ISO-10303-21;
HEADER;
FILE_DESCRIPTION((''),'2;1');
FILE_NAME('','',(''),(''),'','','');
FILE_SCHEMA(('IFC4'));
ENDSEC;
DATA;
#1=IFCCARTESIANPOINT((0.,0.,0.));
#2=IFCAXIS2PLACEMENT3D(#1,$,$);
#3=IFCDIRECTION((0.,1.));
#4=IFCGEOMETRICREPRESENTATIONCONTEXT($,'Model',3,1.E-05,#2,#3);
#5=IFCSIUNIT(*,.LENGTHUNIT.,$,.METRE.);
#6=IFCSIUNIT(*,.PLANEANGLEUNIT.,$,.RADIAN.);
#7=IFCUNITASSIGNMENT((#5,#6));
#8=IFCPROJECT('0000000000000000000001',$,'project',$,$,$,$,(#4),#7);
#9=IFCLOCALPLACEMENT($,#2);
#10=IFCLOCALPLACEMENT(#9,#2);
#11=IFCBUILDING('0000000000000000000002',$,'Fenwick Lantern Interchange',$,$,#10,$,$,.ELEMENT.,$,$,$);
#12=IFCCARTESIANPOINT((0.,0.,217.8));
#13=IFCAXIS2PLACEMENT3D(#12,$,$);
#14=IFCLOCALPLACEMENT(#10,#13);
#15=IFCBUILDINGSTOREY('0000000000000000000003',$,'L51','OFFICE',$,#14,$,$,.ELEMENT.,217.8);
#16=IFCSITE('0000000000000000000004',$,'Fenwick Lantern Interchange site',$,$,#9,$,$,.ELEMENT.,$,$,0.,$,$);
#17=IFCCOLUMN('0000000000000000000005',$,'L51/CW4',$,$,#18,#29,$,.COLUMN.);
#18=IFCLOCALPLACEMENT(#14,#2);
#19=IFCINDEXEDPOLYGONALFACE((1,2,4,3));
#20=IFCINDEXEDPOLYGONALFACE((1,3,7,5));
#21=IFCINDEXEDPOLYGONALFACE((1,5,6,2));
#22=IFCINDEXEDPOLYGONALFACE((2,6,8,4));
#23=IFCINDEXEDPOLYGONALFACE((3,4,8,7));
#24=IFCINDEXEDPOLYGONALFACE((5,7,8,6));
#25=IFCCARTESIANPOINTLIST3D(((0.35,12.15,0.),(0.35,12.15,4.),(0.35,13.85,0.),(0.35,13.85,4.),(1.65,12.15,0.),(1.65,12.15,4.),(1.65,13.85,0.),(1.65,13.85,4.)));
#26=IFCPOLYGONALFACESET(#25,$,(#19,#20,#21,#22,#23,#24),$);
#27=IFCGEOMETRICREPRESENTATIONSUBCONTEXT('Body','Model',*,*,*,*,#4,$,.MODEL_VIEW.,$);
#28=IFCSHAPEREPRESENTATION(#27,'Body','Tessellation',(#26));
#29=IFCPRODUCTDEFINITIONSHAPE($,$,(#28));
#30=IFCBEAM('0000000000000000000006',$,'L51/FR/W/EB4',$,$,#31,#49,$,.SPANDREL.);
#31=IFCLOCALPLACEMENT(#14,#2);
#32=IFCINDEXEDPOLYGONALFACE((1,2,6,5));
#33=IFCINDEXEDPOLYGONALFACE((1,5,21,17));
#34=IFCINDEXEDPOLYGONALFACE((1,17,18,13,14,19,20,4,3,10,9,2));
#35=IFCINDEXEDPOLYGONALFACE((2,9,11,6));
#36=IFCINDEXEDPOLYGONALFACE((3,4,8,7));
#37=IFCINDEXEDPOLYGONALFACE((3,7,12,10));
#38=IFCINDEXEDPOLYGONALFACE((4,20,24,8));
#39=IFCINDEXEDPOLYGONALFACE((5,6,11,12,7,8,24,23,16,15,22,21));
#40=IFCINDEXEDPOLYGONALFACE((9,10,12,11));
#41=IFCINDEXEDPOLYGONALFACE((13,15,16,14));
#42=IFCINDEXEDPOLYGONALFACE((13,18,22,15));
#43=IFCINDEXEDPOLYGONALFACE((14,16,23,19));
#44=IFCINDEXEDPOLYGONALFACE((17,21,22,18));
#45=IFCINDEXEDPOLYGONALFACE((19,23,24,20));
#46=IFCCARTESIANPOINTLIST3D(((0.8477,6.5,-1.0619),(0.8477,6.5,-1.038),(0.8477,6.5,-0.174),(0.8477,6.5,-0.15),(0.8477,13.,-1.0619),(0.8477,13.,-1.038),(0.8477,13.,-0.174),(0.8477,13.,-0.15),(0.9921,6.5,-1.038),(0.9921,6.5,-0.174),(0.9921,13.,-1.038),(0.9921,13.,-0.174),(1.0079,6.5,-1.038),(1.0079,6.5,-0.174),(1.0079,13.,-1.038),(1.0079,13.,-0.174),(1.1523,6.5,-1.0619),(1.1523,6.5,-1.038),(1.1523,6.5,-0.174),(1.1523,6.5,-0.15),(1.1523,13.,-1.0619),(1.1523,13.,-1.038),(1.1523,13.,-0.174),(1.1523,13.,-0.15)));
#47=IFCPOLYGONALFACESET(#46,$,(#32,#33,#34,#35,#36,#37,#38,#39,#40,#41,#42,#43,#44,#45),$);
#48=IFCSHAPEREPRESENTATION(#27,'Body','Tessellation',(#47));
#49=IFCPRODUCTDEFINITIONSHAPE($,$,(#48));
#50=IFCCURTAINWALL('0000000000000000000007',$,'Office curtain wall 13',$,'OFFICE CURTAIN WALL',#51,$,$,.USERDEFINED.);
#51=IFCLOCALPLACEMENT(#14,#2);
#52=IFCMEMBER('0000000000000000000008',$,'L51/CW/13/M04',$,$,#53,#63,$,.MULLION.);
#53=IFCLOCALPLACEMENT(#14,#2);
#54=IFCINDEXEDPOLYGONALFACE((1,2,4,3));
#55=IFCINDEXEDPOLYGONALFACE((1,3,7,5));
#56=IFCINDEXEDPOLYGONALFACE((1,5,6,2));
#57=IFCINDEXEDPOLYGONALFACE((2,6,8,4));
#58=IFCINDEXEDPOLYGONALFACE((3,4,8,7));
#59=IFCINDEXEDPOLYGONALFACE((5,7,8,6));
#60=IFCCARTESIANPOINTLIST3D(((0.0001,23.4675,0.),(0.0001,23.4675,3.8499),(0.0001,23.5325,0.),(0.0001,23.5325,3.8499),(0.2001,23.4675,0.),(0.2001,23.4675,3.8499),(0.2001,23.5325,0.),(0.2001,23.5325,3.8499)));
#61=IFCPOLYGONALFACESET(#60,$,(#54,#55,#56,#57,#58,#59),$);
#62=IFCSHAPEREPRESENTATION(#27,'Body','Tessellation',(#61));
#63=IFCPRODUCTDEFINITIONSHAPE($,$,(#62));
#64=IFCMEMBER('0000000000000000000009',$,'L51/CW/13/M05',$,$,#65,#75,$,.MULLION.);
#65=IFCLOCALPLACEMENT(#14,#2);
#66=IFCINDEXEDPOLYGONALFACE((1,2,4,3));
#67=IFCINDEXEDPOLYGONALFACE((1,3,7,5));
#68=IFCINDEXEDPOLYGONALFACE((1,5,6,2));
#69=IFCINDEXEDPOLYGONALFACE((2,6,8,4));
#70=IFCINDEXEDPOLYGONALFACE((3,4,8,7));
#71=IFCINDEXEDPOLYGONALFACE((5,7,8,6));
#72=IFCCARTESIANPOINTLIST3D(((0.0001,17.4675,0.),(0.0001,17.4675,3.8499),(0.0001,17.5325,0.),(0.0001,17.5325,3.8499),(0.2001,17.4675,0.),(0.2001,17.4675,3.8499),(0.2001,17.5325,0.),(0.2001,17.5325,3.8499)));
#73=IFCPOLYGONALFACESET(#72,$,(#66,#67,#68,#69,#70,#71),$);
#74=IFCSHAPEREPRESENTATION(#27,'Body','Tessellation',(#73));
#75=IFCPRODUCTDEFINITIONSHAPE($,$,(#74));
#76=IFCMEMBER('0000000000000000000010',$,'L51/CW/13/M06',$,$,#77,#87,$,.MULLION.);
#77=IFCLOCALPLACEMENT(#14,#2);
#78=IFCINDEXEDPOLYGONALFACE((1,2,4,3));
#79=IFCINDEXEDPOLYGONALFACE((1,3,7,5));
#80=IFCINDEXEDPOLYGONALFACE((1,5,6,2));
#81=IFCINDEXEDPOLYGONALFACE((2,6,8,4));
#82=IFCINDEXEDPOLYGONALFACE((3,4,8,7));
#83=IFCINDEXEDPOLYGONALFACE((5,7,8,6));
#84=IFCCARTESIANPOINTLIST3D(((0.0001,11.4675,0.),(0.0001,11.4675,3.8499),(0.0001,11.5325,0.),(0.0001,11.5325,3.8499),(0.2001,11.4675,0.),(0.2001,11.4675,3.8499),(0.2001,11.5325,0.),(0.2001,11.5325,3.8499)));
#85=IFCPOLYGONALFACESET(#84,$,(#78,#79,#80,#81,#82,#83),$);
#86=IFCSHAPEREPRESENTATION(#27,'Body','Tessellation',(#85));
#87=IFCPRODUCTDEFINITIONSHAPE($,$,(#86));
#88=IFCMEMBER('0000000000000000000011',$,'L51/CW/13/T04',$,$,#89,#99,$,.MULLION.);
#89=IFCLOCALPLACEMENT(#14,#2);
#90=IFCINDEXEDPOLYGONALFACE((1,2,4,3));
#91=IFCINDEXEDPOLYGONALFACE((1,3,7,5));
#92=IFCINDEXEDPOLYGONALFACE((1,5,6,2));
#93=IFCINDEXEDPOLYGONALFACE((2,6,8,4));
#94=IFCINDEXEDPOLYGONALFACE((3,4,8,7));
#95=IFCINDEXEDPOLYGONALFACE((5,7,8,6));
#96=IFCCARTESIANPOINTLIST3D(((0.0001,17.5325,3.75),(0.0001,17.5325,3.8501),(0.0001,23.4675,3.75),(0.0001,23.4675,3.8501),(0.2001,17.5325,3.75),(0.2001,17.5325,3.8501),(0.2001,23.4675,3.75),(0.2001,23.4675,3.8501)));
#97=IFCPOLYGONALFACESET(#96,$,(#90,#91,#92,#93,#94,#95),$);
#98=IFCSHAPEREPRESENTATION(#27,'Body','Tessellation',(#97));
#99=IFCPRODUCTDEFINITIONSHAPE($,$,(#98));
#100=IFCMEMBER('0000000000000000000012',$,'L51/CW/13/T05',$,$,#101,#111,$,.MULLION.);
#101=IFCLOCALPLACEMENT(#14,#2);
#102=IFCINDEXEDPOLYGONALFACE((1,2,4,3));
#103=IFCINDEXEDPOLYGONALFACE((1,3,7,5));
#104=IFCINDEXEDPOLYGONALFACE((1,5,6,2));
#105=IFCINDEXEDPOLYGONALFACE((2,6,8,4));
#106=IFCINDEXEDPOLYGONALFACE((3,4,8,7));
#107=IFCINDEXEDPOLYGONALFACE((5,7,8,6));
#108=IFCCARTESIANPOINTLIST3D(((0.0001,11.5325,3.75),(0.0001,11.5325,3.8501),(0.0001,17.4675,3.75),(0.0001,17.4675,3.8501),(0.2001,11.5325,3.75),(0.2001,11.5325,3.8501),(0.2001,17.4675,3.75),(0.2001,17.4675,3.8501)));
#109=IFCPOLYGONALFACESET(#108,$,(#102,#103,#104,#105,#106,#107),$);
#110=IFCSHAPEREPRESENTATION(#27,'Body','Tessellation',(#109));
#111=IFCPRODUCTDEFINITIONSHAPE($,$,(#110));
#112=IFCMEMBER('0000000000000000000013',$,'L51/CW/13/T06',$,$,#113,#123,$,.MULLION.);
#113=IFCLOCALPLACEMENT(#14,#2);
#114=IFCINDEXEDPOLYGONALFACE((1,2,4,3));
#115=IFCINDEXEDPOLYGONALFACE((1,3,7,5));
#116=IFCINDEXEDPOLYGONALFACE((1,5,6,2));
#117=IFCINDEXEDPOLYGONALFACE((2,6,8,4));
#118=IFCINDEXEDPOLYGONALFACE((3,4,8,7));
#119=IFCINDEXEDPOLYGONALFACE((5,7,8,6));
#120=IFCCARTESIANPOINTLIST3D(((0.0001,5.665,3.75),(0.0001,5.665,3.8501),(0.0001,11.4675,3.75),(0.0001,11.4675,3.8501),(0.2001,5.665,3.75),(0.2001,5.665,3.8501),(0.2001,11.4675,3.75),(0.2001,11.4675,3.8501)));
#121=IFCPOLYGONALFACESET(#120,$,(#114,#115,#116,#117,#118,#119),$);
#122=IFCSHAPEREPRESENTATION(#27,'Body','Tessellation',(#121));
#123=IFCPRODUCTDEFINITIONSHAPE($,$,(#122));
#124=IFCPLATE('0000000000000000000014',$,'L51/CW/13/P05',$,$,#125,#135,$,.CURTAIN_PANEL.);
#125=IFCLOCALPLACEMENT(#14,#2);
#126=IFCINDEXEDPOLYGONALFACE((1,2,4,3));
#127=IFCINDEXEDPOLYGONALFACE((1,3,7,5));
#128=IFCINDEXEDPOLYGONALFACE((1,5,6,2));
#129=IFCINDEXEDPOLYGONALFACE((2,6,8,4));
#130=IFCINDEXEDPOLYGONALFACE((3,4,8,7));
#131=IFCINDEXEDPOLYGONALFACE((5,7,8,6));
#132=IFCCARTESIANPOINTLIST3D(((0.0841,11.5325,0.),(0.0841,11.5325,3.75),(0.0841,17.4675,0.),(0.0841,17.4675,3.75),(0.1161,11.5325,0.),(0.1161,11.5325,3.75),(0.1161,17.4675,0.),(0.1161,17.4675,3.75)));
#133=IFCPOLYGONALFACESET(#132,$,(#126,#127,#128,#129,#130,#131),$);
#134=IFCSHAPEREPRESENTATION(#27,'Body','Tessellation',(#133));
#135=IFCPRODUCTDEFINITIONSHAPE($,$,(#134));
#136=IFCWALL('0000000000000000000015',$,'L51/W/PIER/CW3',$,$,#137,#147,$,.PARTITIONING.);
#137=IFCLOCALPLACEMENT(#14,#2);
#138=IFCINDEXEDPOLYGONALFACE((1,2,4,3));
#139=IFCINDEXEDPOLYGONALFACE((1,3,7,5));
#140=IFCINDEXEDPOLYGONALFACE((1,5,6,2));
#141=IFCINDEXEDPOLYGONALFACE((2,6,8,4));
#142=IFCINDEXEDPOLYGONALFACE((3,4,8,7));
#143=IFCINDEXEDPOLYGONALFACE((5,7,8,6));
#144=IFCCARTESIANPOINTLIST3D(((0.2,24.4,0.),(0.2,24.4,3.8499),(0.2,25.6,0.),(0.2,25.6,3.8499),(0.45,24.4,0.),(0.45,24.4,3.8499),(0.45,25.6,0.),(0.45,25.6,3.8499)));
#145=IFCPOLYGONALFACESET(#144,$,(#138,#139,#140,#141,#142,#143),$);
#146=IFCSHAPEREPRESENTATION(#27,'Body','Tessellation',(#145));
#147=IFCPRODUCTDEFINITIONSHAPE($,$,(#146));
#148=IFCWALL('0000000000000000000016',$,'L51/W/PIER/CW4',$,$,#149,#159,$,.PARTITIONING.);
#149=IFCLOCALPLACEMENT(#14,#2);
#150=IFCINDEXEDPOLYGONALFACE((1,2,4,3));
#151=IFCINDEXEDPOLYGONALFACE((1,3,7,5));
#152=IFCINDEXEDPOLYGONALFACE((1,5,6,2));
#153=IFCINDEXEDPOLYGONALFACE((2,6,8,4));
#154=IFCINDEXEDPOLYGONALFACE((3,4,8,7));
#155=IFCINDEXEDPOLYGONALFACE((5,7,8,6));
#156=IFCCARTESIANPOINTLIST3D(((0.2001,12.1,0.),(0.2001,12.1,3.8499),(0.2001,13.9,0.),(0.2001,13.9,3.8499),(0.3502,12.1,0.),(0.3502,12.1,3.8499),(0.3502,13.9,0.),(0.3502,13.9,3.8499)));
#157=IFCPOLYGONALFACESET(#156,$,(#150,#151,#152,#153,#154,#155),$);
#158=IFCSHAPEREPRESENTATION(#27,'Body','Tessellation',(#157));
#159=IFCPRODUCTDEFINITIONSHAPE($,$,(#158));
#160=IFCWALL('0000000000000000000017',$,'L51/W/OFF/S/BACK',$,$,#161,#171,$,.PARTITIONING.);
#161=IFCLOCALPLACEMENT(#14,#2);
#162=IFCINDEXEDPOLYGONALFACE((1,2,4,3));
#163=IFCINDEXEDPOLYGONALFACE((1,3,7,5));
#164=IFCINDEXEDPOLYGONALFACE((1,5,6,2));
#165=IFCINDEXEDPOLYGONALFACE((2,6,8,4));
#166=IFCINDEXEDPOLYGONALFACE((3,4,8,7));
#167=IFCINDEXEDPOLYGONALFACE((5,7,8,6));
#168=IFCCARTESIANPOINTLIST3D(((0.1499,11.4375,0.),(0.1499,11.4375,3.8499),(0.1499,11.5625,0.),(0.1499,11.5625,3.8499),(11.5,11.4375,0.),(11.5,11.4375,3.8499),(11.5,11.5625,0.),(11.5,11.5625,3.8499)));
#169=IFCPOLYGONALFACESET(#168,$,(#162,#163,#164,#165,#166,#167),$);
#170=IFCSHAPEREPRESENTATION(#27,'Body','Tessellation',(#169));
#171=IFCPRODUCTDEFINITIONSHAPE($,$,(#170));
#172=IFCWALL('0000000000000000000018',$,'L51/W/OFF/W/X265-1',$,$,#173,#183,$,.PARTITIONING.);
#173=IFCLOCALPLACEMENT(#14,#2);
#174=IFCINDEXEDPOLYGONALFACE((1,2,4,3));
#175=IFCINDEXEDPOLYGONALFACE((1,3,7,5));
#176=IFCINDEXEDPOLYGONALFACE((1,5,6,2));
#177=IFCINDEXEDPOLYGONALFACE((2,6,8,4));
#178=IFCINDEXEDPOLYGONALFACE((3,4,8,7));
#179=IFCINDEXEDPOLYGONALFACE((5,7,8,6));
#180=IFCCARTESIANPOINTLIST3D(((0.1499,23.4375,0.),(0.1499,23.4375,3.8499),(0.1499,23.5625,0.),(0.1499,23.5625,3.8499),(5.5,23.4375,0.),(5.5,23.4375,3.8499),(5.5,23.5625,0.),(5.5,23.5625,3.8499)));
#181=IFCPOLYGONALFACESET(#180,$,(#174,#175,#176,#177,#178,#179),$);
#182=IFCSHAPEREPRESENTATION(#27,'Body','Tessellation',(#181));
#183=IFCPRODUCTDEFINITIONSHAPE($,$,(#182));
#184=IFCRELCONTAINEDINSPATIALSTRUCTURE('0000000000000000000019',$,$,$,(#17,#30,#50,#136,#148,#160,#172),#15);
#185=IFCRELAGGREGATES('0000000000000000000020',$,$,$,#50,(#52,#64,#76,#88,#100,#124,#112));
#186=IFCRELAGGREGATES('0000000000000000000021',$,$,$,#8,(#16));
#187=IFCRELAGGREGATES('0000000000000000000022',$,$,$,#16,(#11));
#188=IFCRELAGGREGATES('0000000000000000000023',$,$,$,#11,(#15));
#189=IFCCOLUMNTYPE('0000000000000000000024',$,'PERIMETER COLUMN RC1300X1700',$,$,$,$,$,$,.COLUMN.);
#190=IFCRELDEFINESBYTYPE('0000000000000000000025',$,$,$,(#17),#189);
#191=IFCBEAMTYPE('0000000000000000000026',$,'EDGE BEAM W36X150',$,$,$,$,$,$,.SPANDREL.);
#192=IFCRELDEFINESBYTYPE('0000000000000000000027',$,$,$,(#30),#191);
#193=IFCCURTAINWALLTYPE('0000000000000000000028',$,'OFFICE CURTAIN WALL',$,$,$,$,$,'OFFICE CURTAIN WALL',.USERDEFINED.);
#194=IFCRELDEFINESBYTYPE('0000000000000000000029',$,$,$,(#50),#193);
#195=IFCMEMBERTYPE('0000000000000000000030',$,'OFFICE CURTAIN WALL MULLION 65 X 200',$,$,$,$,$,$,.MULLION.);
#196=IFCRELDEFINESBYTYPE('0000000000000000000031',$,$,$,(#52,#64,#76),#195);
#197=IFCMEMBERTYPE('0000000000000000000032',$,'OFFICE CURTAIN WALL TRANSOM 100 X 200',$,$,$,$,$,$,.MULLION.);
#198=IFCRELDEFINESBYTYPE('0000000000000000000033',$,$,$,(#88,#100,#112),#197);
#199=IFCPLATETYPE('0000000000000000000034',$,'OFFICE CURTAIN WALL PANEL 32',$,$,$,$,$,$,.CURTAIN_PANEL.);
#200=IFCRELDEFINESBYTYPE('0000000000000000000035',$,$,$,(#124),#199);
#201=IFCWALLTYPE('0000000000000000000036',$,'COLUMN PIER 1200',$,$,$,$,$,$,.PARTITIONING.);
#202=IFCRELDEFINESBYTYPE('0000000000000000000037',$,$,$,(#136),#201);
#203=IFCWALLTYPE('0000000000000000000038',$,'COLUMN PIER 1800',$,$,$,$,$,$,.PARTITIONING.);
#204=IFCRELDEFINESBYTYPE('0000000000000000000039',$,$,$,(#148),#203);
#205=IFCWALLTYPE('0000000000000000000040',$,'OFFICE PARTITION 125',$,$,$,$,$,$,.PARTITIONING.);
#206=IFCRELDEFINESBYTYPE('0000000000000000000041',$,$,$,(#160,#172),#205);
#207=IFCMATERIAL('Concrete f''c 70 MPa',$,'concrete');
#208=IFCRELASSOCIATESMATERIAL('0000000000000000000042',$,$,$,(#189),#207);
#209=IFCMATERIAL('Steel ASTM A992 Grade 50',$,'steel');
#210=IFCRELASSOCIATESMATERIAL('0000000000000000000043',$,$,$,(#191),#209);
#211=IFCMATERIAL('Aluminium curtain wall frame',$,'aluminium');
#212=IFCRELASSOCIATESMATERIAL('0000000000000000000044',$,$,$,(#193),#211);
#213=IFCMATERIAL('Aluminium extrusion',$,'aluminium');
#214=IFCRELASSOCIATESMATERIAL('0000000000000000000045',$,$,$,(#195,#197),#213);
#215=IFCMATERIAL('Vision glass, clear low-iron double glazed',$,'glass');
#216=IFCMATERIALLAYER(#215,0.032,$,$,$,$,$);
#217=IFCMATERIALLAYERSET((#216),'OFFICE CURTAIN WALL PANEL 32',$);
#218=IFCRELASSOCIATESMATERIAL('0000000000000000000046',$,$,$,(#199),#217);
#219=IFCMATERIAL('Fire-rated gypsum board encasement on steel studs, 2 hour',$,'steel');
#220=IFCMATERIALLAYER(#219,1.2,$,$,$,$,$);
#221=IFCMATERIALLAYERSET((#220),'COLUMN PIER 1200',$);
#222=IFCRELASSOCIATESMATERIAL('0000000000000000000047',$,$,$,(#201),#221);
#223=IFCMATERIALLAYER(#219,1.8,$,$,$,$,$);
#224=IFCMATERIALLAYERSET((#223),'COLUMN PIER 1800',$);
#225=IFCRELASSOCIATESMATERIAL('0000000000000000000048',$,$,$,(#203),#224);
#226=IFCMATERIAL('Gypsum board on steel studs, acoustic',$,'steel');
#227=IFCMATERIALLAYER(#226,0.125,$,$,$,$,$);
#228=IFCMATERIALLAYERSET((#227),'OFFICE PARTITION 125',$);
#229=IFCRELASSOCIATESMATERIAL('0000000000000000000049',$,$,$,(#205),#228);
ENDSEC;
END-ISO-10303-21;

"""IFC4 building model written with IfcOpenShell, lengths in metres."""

from ifc_helpers import new_model, si_unit, direction, frame, frame_2d, origin, origin_2d, place, context, subcontext, project, spatial, rectangle, i_section, extrude, material, layer, layer_set, material_profile, profile_set, type_object, element, aggregate, save


model = new_model("IFC4")

# Units and contexts
model_context = context("Model", 3, precision=1e-05, world=origin(), true_north=direction((0.0, 1.0)))
body_context = subcontext(model_context, "Body", "Model", "MODEL_VIEW")
ifc_project = project(units=[si_unit("LENGTHUNIT", "METRE"), si_unit("PLANEANGLEUNIT", "RADIAN")], contexts=[model_context])

# Site, building, storey
site_placement = place(None, origin())
site = spatial("IfcSite", under=ifc_project, at=site_placement, Name="Fenwick Lantern Interchange site", CompositionType="ELEMENT", RefElevation=0.0)
building_placement = place(site_placement, origin())
building = spatial("IfcBuilding", under=site, at=building_placement, Name="Fenwick Lantern Interchange", CompositionType="ELEMENT")
storey_placement = place(building_placement, frame((0.0, 0.0, 217.8)))
storey = spatial("IfcBuildingStorey", under=building, at=storey_placement, Name="L51", Description="OFFICE", CompositionType="ELEMENT", Elevation=217.8)

# Column
ifc_material_1 = material(Name="Concrete f'c 70 MPa", Category="concrete")
ifc_material_profile_1 = material_profile(ifc_material_1, rectangle(XDim=1.3, YDim=1.7, at=origin_2d()), Name="RC1300X1700")
ifc_profile_set_1 = profile_set([ifc_material_profile_1], Name="Concrete f'c 70 MPa")
column_type = type_object("IfcColumnType", Name="PERIMETER COLUMN RC1300X1700", PredefinedType="COLUMN", material=ifc_profile_set_1)
column_placement = place(storey_placement, frame((1.0, 13.0, 0.0), z_axis=(0.0, 0.0, 1.0), x_axis=(1.0, 0.0, 0.0)))
element("IfcColumn", 1, at=column_placement, inside=storey, type_object=column_type, Name="L51/CW4", PredefinedType="COLUMN", context=body_context, shape_type="SweptSolid", body=[
    extrude(rectangle(XDim=1.3, YDim=1.7, at=origin_2d()), origin(), (0.0, 0.0, 1.0), 4.0),
])

# Beam
ifc_material_2 = material(Name="Steel ASTM A992 Grade 50", Category="steel")
ifc_material_profile_2 = material_profile(ifc_material_2, i_section(OverallWidth=0.3047, OverallDepth=0.9119, WebThickness=0.0159, FlangeThickness=0.0239, at=origin_2d()), Name="W36X150")
ifc_profile_set_2 = profile_set([ifc_material_profile_2], Name="Steel ASTM A992 Grade 50")
beam_type = type_object("IfcBeamType", Name="EDGE BEAM W36X150", PredefinedType="SPANDREL", material=ifc_profile_set_2)
beam_placement = place(storey_placement, frame((1.0, 13.0, -0.606), z_axis=(0.0, -1.0, 0.0), x_axis=(1.0, 0.0, 0.0)))
element("IfcBeam", 2, at=beam_placement, inside=storey, type_object=beam_type, Name="L51/FR/W/EB4", PredefinedType="SPANDREL", context=body_context, shape_type="SweptSolid", body=[
    extrude(i_section(OverallWidth=0.3047, OverallDepth=0.9119, WebThickness=0.0159, FlangeThickness=0.0239, at=origin_2d()), origin(), (0.0, 0.0, 1.0), 6.5),
])

# Curtain wall, members, plate
ifc_material_3 = material(Name="Aluminium curtain wall frame", Category="aluminium")
curtain_wall_type = type_object("IfcCurtainWallType", Name="OFFICE CURTAIN WALL", ElementType="OFFICE CURTAIN WALL", PredefinedType="USERDEFINED", material=ifc_material_3)
curtain_wall_placement = place(storey_placement, origin())
curtain_wall = element("IfcCurtainWall", 3, at=curtain_wall_placement, inside=storey, type_object=curtain_wall_type, Name="Office curtain wall 13", ObjectType="OFFICE CURTAIN WALL", PredefinedType="USERDEFINED")
ifc_material_4 = material(Name="Aluminium extrusion", Category="aluminium")
ifc_material_profile_3 = material_profile(ifc_material_4, rectangle(XDim=0.2, YDim=0.0649, at=origin_2d()), Name="OFFICE CURTAIN WALL MULLION 65 X 200")
ifc_profile_set_3 = profile_set([ifc_material_profile_3], Name="Aluminium extrusion")
member_type_1 = type_object("IfcMemberType", Name="OFFICE CURTAIN WALL MULLION 65 X 200", PredefinedType="MULLION", material=ifc_profile_set_3)
member_1_placement = place(storey_placement, frame((0.1001, 23.5, 0.0), z_axis=(0.0, 0.0, 1.0), x_axis=(1.0, 0.0, 0.0)))
member_1 = element("IfcMember", 4, at=member_1_placement, type_object=member_type_1, Name="L51/CW/13/M04", PredefinedType="MULLION", context=body_context, shape_type="SweptSolid", body=[
    extrude(rectangle(XDim=0.2, YDim=0.0649, at=origin_2d()), origin(), (0.0, 0.0, 1.0), 3.8499),
])
member_2_placement = place(storey_placement, frame((0.1001, 17.5, 0.0), z_axis=(0.0, 0.0, 1.0), x_axis=(1.0, 0.0, 0.0)))
member_2 = element("IfcMember", 5, at=member_2_placement, type_object=member_type_1, Name="L51/CW/13/M05", PredefinedType="MULLION", context=body_context, shape_type="SweptSolid", body=[
    extrude(rectangle(XDim=0.2, YDim=0.0649, at=origin_2d()), origin(), (0.0, 0.0, 1.0), 3.8499),
])
member_3_placement = place(storey_placement, frame((0.1001, 11.5, 0.0), z_axis=(0.0, 0.0, 1.0), x_axis=(1.0, 0.0, 0.0)))
member_3 = element("IfcMember", 6, at=member_3_placement, type_object=member_type_1, Name="L51/CW/13/M06", PredefinedType="MULLION", context=body_context, shape_type="SweptSolid", body=[
    extrude(rectangle(XDim=0.2, YDim=0.0649, at=origin_2d()), origin(), (0.0, 0.0, 1.0), 3.8499),
])
ifc_material_profile_4 = material_profile(ifc_material_4, rectangle(XDim=0.2, YDim=0.1001, at=origin_2d()), Name="OFFICE CURTAIN WALL TRANSOM 100 X 200")
ifc_profile_set_4 = profile_set([ifc_material_profile_4], Name="Aluminium extrusion")
member_type_2 = type_object("IfcMemberType", Name="OFFICE CURTAIN WALL TRANSOM 100 X 200", PredefinedType="MULLION", material=ifc_profile_set_4)
member_4_placement = place(storey_placement, frame((0.1001, 23.4675, 3.8), z_axis=(0.0, -1.0, 0.0), x_axis=(1.0, 0.0, 0.0)))
member_4 = element("IfcMember", 7, at=member_4_placement, type_object=member_type_2, Name="L51/CW/13/T04", PredefinedType="MULLION", context=body_context, shape_type="SweptSolid", body=[
    extrude(rectangle(XDim=0.2, YDim=0.1001, at=origin_2d()), origin(), (0.0, 0.0, 1.0), 5.9351),
])
member_5_placement = place(storey_placement, frame((0.1001, 17.4675, 3.8), z_axis=(0.0, -1.0, 0.0), x_axis=(1.0, 0.0, 0.0)))
member_5 = element("IfcMember", 8, at=member_5_placement, type_object=member_type_2, Name="L51/CW/13/T05", PredefinedType="MULLION", context=body_context, shape_type="SweptSolid", body=[
    extrude(rectangle(XDim=0.2, YDim=0.1001, at=origin_2d()), origin(), (0.0, 0.0, 1.0), 5.9351),
])
member_6_placement = place(storey_placement, frame((0.1001, 11.4675, 3.8), z_axis=(0.0, -1.0, 0.0), x_axis=(1.0, 0.0, 0.0)))
member_6 = element("IfcMember", 9, at=member_6_placement, type_object=member_type_2, Name="L51/CW/13/T06", PredefinedType="MULLION", context=body_context, shape_type="SweptSolid", body=[
    extrude(rectangle(XDim=0.2, YDim=0.1001, at=origin_2d()), origin(), (0.0, 0.0, 1.0), 5.8025),
])
ifc_material_5 = material(Name="Vision glass, clear low-iron double glazed", Category="glass")
ifc_layer_1 = layer(ifc_material_5, 0.032)
ifc_layer_set_1 = layer_set([ifc_layer_1], Name="OFFICE CURTAIN WALL PANEL 32")
plate_type = type_object("IfcPlateType", Name="OFFICE CURTAIN WALL PANEL 32", PredefinedType="CURTAIN_PANEL", material=ifc_layer_set_1)
plate_placement = place(storey_placement, frame((0.1001, 14.5, 0.0), z_axis=(0.0, 0.0, 1.0), x_axis=(0.0, -1.0, 0.0)))
plate = element("IfcPlate", 10, at=plate_placement, type_object=plate_type, Name="L51/CW/13/P05", PredefinedType="CURTAIN_PANEL", context=body_context, shape_type="SweptSolid", body=[
    extrude(rectangle(XDim=5.9351, YDim=0.032, at=origin_2d()), origin(), (0.0, 0.0, 1.0), 3.75),
])
aggregate(curtain_wall, [member_1, member_2, member_3, member_4, member_5, plate, member_6])

# Walls
ifc_material_6 = material(Name="Fire-rated gypsum board encasement on steel studs, 2 hour", Category="steel")
ifc_layer_2 = layer(ifc_material_6, 1.2)
ifc_layer_set_2 = layer_set([ifc_layer_2], Name="COLUMN PIER 1200")
wall_type_1 = type_object("IfcWallType", Name="COLUMN PIER 1200", PredefinedType="PARTITIONING", material=ifc_layer_set_2)
wall_1_placement = place(storey_placement, frame((0.2, 25.0, 0.0), z_axis=(0.0, 0.0, 1.0), x_axis=(1.0, 0.0, 0.0)))
element("IfcWall", 11, at=wall_1_placement, inside=storey, type_object=wall_type_1, Name="L51/W/PIER/CW3", PredefinedType="PARTITIONING", context=body_context, shape_type="SweptSolid", body=[
    extrude(rectangle(XDim=0.25, YDim=1.2, at=frame_2d((0.125, 0.0))), origin(), (0.0, 0.0, 1.0), 3.8499),
])
ifc_layer_3 = layer(ifc_material_6, 1.8)
ifc_layer_set_3 = layer_set([ifc_layer_3], Name="COLUMN PIER 1800")
wall_type_2 = type_object("IfcWallType", Name="COLUMN PIER 1800", PredefinedType="PARTITIONING", material=ifc_layer_set_3)
wall_2_placement = place(storey_placement, frame((0.2, 13.0, 0.0), z_axis=(0.0, 0.0, 1.0), x_axis=(1.0, 0.0, 0.0)))
element("IfcWall", 12, at=wall_2_placement, inside=storey, type_object=wall_type_2, Name="L51/W/PIER/CW4", PredefinedType="PARTITIONING", context=body_context, shape_type="SweptSolid", body=[
    extrude(rectangle(XDim=0.1501, YDim=1.8, at=frame_2d((0.0752, 0.0))), origin(), (0.0, 0.0, 1.0), 3.8499),
])
ifc_material_7 = material(Name="Gypsum board on steel studs, acoustic", Category="steel")
ifc_layer_4 = layer(ifc_material_7, 0.125)
ifc_layer_set_4 = layer_set([ifc_layer_4], Name="OFFICE PARTITION 125")
wall_type_3 = type_object("IfcWallType", Name="OFFICE PARTITION 125", PredefinedType="PARTITIONING", material=ifc_layer_set_4)
wall_3_placement = place(storey_placement, frame((0.1499, 11.5, 0.0), z_axis=(0.0, 0.0, 1.0), x_axis=(1.0, 0.0, 0.0)))
element("IfcWall", 13, at=wall_3_placement, inside=storey, type_object=wall_type_3, Name="L51/W/OFF/S/BACK", PredefinedType="PARTITIONING", context=body_context, shape_type="SweptSolid", body=[
    extrude(rectangle(XDim=11.3501, YDim=0.125, at=frame_2d((5.675, 0.0))), origin(), (0.0, 0.0, 1.0), 3.8499),
])
for number, where, z_axis, x_axis, name in (
    (14, (0.1499, 23.5, 0.0), (0.0, 0.0, 1.0), (1.0, 0.0, 0.0), "L51/W/OFF/W/X265-1"),
):
    element("IfcWall", number, at=place(storey_placement, frame(where, z_axis=z_axis, x_axis=x_axis)), inside=storey, type_object=wall_type_3, Name=name, PredefinedType="PARTITIONING", context=body_context, shape_type="SweptSolid", body=[
        extrude(rectangle(XDim=5.3501, YDim=0.125, at=frame_2d((2.675, 0.0))), origin(), (0.0, 0.0, 1.0), 3.8499),
    ])

save(model, "model.ifc")
